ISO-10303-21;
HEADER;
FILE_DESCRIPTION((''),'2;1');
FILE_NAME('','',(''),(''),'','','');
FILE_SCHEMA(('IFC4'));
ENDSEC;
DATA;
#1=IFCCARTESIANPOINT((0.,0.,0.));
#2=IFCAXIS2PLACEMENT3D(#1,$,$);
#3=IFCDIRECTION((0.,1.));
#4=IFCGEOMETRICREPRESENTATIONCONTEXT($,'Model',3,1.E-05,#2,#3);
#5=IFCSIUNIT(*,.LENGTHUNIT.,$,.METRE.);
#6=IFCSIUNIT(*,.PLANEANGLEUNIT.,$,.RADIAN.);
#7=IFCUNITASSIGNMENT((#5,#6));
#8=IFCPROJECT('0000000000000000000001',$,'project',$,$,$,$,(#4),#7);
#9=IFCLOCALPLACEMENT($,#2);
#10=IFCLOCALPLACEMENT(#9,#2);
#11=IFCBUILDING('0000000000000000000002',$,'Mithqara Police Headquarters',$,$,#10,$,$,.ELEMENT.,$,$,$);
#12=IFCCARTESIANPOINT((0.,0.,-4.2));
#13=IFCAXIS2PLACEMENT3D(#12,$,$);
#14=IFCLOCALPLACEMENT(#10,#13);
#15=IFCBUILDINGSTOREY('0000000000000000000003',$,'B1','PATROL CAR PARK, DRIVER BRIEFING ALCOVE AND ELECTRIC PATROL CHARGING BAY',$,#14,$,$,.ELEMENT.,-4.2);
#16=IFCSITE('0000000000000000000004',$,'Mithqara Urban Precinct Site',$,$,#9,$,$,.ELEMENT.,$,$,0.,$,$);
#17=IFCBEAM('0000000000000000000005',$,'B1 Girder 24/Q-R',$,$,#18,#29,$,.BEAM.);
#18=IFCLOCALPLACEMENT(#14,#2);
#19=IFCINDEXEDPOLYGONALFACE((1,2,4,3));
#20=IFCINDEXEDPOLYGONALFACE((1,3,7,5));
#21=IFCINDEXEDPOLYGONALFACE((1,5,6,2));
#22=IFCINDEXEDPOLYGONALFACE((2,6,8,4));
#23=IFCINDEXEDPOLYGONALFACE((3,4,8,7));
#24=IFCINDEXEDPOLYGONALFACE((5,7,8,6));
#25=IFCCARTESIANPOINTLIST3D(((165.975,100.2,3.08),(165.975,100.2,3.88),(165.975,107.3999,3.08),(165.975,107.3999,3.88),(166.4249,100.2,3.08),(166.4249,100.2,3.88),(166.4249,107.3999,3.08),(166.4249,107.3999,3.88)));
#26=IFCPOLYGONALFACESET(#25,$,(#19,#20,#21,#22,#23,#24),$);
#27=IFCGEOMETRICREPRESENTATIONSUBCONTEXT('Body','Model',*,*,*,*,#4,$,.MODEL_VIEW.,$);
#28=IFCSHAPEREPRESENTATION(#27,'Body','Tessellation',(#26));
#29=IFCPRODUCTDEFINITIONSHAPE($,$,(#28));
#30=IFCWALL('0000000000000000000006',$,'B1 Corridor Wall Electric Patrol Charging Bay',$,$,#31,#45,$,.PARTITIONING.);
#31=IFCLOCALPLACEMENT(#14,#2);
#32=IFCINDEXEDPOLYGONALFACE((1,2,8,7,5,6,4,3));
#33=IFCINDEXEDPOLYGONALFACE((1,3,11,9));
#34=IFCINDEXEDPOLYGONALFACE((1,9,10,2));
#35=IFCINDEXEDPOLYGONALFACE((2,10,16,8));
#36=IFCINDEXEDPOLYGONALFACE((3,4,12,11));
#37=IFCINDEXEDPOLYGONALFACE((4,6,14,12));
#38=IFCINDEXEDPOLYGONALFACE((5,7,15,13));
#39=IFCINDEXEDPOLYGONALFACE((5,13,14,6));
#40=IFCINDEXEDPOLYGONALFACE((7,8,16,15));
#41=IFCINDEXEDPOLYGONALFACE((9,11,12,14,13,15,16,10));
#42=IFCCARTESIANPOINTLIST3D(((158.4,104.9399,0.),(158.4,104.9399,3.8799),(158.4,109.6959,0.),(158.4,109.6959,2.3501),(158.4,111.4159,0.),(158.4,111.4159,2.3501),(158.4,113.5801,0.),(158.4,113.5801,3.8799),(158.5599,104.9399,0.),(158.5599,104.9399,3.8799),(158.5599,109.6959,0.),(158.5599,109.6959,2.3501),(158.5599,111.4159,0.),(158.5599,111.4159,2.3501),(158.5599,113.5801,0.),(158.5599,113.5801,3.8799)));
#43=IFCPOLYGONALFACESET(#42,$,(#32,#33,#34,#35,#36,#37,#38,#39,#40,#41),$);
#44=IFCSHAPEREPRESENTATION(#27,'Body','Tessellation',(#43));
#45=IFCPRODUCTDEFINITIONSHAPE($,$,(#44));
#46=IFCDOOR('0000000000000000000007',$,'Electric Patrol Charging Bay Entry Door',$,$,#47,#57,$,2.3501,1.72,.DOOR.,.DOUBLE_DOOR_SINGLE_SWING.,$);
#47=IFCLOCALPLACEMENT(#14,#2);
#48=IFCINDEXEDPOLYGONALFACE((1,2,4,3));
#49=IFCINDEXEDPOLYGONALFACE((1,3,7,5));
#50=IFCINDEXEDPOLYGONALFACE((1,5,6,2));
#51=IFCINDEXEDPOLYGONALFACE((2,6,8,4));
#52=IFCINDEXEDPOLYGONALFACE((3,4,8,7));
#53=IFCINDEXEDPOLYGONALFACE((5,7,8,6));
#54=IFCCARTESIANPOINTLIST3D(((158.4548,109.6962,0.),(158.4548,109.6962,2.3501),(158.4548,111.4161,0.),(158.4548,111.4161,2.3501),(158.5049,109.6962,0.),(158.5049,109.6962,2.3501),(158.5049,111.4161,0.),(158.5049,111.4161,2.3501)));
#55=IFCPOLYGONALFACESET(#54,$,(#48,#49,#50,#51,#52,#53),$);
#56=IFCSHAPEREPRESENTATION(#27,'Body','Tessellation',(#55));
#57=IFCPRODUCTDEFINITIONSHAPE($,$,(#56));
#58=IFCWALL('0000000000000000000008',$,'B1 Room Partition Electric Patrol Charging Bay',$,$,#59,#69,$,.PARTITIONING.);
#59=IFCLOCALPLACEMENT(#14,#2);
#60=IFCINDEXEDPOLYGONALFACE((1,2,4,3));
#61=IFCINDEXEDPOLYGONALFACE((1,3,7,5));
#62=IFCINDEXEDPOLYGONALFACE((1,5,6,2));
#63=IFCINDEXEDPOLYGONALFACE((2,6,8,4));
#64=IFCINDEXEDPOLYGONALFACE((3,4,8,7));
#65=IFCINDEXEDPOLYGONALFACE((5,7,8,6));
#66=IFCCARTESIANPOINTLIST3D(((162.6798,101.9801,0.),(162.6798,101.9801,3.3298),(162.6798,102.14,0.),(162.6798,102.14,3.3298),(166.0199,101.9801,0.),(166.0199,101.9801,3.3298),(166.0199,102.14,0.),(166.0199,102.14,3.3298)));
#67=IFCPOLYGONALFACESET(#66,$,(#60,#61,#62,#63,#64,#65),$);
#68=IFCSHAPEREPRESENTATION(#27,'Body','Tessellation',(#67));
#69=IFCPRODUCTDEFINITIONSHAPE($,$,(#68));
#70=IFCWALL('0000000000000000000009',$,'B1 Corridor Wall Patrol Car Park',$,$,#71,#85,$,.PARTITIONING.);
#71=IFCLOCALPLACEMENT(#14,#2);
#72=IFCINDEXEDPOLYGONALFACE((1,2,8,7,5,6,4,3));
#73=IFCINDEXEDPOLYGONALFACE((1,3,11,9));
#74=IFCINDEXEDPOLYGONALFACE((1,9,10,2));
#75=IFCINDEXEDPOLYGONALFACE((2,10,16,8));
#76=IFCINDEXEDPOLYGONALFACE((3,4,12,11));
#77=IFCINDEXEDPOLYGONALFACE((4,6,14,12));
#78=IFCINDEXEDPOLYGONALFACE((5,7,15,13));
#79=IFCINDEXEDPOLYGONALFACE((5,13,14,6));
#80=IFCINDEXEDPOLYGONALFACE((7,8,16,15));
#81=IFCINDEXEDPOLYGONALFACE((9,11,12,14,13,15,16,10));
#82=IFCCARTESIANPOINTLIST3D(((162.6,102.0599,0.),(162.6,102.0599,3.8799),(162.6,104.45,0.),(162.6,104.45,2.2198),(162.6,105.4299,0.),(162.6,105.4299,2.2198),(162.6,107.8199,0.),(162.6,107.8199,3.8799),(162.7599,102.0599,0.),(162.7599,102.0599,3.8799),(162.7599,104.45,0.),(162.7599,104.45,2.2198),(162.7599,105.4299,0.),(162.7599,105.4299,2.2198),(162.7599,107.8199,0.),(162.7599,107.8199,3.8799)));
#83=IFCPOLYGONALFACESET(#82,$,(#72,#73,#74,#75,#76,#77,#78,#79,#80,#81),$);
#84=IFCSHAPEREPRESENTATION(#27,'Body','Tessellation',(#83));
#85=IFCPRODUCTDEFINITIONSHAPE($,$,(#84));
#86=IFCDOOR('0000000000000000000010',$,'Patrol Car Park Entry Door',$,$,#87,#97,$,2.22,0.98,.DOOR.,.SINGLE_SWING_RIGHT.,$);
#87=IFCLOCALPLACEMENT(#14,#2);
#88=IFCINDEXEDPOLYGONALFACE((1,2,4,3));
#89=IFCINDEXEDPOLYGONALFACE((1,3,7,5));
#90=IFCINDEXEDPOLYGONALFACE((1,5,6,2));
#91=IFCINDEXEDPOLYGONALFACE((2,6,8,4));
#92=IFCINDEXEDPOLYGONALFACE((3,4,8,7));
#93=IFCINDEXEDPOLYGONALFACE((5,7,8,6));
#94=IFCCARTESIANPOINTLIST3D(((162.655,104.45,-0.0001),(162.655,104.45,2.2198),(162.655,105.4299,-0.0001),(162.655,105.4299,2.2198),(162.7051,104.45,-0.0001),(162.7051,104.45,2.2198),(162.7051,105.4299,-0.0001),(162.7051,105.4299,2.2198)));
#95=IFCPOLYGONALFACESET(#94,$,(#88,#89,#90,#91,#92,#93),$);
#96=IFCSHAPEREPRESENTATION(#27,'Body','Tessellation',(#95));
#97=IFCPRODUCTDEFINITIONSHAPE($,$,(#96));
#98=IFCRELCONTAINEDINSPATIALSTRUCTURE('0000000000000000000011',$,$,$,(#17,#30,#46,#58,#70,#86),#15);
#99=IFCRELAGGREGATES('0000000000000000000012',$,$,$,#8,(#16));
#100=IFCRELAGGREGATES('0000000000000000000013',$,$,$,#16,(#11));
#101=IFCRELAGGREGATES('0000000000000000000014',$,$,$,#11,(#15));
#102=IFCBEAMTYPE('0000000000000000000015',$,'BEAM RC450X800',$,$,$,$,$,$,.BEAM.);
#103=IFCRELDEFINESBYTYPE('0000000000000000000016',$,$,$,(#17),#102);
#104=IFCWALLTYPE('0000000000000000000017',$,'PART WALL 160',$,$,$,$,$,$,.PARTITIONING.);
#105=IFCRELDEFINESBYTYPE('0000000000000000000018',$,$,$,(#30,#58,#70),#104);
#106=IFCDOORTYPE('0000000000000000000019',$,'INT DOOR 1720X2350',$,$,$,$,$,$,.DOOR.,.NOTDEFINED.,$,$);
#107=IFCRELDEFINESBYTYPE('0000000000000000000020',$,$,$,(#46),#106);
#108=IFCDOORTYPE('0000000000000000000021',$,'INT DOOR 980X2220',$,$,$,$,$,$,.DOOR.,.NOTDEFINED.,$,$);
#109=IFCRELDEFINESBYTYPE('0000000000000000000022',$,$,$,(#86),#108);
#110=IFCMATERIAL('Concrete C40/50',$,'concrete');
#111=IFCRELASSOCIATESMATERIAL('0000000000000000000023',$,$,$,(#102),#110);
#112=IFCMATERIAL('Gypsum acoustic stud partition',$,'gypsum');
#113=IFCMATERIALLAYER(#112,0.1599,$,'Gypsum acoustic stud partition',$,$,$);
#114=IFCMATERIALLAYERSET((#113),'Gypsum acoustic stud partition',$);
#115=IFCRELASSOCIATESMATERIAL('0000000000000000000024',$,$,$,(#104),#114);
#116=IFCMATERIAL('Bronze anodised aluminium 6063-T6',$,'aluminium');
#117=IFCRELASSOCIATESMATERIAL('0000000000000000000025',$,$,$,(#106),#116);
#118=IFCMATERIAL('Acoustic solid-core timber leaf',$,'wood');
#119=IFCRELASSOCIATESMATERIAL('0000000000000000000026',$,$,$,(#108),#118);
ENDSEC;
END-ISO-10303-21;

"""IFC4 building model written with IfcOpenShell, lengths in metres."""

from ifc_helpers import new_model, si_unit, direction, frame, frame_2d, origin, origin_2d, place, context, subcontext, project, spatial, rectangle, extrude, material, layer, layer_set, material_profile, profile_set, type_object, element, fill, save


model = new_model("IFC4")

# Units and contexts
model_context = context("Model", 3, precision=1e-05, world=origin(), true_north=direction((0.0, 1.0)))
body_context = subcontext(model_context, "Body", "Model", "MODEL_VIEW")
ifc_project = project(units=[si_unit("LENGTHUNIT", "METRE"), si_unit("PLANEANGLEUNIT", "RADIAN")], contexts=[model_context])

# Site, building, storey
site_placement = place(None, origin())
site = spatial("IfcSite", under=ifc_project, at=site_placement, Name="Mithqara Urban Precinct Site", CompositionType="ELEMENT", RefElevation=0.0)
building_placement = place(site_placement, origin())
building = spatial("IfcBuilding", under=site, at=building_placement, Name="Mithqara Police Headquarters", CompositionType="ELEMENT")
storey_placement = place(building_placement, frame((0.0, 0.0, -4.2)))
storey = spatial("IfcBuildingStorey", under=building, at=storey_placement, Name="B1", Description="PATROL CAR PARK, DRIVER BRIEFING ALCOVE AND ELECTRIC PATROL CHARGING BAY", CompositionType="ELEMENT", Elevation=-4.2)

# Shared definitions
ifc_material_1 = material(Name="Concrete C40/50", Category="concrete")

# Beam
ifc_material_profile_1 = material_profile(ifc_material_1, rectangle(XDim=0.45, YDim=0.8, at=origin_2d()), Name="RC 450x800")
ifc_profile_set_1 = profile_set([ifc_material_profile_1], Name="Concrete C40/50")
beam_type_1 = type_object("IfcBeamType", Name="BEAM RC450X800", PredefinedType="BEAM", material=ifc_profile_set_1)
beam_1_placement = place(storey_placement, frame((166.2, 100.2, 3.48), z_axis=(0.0, 1.0, 0.0), x_axis=(-1.0, 0.0, 0.0)))
element("IfcBeam", 1, at=beam_1_placement, inside=storey, type_object=beam_type_1, Name="B1 Girder 24/Q-R", PredefinedType="BEAM", context=body_context, shape_type="SweptSolid", body=[
    extrude(rectangle(XDim=0.45, YDim=0.8, at=origin_2d()), origin(), (0.0, 0.0, 1.0), 7.2),
])

# Wall, opening, door
ifc_material_2 = material(Name="Gypsum acoustic stud partition", Category="gypsum")
ifc_layer = layer(ifc_material_2, 0.1599, Name="Gypsum acoustic stud partition")
ifc_layer_set = layer_set([ifc_layer], Name="Gypsum acoustic stud partition")
wall_type = type_object("IfcWallType", Name="PART WALL 160", PredefinedType="PARTITIONING", material=ifc_layer_set)
wall_1_placement = place(storey_placement, frame((158.48, 104.9399, 0.0), z_axis=(0.0, 0.0, 1.0), x_axis=(0.0, 1.0, 0.0)))
wall_1 = element("IfcWall", 2, at=wall_1_placement, inside=storey, type_object=wall_type, Name="B1 Corridor Wall Electric Patrol Charging Bay", PredefinedType="PARTITIONING", context=body_context, shape_type="SweptSolid", body=[
    extrude(rectangle(XDim=8.6401, YDim=0.1599, at=frame_2d((4.3201, 0.0))), origin(), (0.0, 0.0, 1.0), 3.8799),
])
opening_1_placement = place(wall_1_placement, frame((4.7561, 0.0, 0.0)))
opening_1 = element("IfcOpeningElement", 3, at=opening_1_placement, cuts=wall_1, PredefinedType="OPENING", context=body_context, shape_type="SweptSolid", body=[
    extrude(rectangle(XDim=1.72, YDim=2.3501, at=frame_2d((0.8599, 1.175))), frame((0.0, 0.0898, 0.0), z_axis=(0.0, -1.0, 0.0), x_axis=(1.0, 0.0, 0.0)), (0.0, 0.0, 1.0), 0.1799),
])
ifc_material_3 = material(Name="Bronze anodised aluminium 6063-T6", Category="aluminium")
door_type_1 = type_object("IfcDoorType", Name="INT DOOR 1720X2350", OperationType="NOTDEFINED", PredefinedType="DOOR", material=ifc_material_3)
door_1_placement = place(opening_1_placement, frame((1.72, 0.0, 0.0), z_axis=(0.0, 0.0, 1.0), x_axis=(-1.0, 0.0, 0.0)))
door_1 = element("IfcDoor", 4, at=door_1_placement, inside=storey, type_object=door_type_1, Name="Electric Patrol Charging Bay Entry Door", OperationType="DOUBLE_DOOR_SINGLE_SWING", OverallHeight=2.3501, OverallWidth=1.72, PredefinedType="DOOR", context=body_context, shape_type="SweptSolid", body=[
    extrude(rectangle(XDim=1.72, YDim=2.3501, at=frame_2d((0.8599, 1.175))), frame((0.0, 0.0249, 0.0), z_axis=(0.0, -1.0, 0.0), x_axis=(1.0, 0.0, 0.0)), (0.0, 0.0, 1.0), 0.05),
])
fill(opening_1, door_1)

# Wall
wall_2_placement = place(storey_placement, frame((162.6799, 102.0601, 0.0), z_axis=(0.0, 0.0, 1.0), x_axis=(1.0, 0.0, 0.0)))
element("IfcWall", 5, at=wall_2_placement, inside=storey, type_object=wall_type, Name="B1 Room Partition Electric Patrol Charging Bay", PredefinedType="PARTITIONING", context=body_context, shape_type="SweptSolid", body=[
    extrude(rectangle(XDim=3.3401, YDim=0.1599, at=frame_2d((1.6699, 0.0))), origin(), (0.0, 0.0, 1.0), 3.3298),
])

# Wall, opening, door
wall_3_placement = place(storey_placement, frame((162.6799, 102.0601, 0.0), z_axis=(0.0, 0.0, 1.0), x_axis=(0.0, 1.0, 0.0)))
wall_3 = element("IfcWall", 6, at=wall_3_placement, inside=storey, type_object=wall_type, Name="B1 Corridor Wall Patrol Car Park", PredefinedType="PARTITIONING", context=body_context, shape_type="SweptSolid", body=[
    extrude(rectangle(XDim=5.76, YDim=0.1599, at=frame_2d((2.8799, 0.0))), origin(), (0.0, 0.0, 1.0), 3.8799),
])
opening_2_placement = place(wall_3_placement, frame((2.3899, 0.0, 0.0)))
opening_2 = element("IfcOpeningElement", 7, at=opening_2_placement, cuts=wall_3, PredefinedType="OPENING", context=body_context, shape_type="SweptSolid", body=[
    extrude(rectangle(XDim=0.98, YDim=2.22, at=frame_2d((0.49, 1.1099))), frame((0.0, 0.0898, 0.0), z_axis=(0.0, -1.0, 0.0), x_axis=(1.0, 0.0, 0.0)), (0.0, 0.0, 1.0), 0.1799),
])
ifc_material_4 = material(Name="Acoustic solid-core timber leaf", Category="wood")
door_type_2 = type_object("IfcDoorType", Name="INT DOOR 980X2220", OperationType="NOTDEFINED", PredefinedType="DOOR", material=ifc_material_4)
door_2_placement = place(opening_2_placement, origin())
door_2 = element("IfcDoor", 8, at=door_2_placement, inside=storey, type_object=door_type_2, Name="Patrol Car Park Entry Door", OperationType="SINGLE_SWING_RIGHT", OverallHeight=2.22, OverallWidth=0.98, PredefinedType="DOOR", context=body_context, shape_type="SweptSolid", body=[
    extrude(rectangle(XDim=0.98, YDim=2.22, at=frame_2d((0.49, 1.1099))), frame((0.0, 0.0249, 0.0), z_axis=(0.0, -1.0, 0.0), x_axis=(1.0, 0.0, 0.0)), (0.0, 0.0, 1.0), 0.05),
])
fill(opening_2, door_2)

save(model, "model.ifc")
